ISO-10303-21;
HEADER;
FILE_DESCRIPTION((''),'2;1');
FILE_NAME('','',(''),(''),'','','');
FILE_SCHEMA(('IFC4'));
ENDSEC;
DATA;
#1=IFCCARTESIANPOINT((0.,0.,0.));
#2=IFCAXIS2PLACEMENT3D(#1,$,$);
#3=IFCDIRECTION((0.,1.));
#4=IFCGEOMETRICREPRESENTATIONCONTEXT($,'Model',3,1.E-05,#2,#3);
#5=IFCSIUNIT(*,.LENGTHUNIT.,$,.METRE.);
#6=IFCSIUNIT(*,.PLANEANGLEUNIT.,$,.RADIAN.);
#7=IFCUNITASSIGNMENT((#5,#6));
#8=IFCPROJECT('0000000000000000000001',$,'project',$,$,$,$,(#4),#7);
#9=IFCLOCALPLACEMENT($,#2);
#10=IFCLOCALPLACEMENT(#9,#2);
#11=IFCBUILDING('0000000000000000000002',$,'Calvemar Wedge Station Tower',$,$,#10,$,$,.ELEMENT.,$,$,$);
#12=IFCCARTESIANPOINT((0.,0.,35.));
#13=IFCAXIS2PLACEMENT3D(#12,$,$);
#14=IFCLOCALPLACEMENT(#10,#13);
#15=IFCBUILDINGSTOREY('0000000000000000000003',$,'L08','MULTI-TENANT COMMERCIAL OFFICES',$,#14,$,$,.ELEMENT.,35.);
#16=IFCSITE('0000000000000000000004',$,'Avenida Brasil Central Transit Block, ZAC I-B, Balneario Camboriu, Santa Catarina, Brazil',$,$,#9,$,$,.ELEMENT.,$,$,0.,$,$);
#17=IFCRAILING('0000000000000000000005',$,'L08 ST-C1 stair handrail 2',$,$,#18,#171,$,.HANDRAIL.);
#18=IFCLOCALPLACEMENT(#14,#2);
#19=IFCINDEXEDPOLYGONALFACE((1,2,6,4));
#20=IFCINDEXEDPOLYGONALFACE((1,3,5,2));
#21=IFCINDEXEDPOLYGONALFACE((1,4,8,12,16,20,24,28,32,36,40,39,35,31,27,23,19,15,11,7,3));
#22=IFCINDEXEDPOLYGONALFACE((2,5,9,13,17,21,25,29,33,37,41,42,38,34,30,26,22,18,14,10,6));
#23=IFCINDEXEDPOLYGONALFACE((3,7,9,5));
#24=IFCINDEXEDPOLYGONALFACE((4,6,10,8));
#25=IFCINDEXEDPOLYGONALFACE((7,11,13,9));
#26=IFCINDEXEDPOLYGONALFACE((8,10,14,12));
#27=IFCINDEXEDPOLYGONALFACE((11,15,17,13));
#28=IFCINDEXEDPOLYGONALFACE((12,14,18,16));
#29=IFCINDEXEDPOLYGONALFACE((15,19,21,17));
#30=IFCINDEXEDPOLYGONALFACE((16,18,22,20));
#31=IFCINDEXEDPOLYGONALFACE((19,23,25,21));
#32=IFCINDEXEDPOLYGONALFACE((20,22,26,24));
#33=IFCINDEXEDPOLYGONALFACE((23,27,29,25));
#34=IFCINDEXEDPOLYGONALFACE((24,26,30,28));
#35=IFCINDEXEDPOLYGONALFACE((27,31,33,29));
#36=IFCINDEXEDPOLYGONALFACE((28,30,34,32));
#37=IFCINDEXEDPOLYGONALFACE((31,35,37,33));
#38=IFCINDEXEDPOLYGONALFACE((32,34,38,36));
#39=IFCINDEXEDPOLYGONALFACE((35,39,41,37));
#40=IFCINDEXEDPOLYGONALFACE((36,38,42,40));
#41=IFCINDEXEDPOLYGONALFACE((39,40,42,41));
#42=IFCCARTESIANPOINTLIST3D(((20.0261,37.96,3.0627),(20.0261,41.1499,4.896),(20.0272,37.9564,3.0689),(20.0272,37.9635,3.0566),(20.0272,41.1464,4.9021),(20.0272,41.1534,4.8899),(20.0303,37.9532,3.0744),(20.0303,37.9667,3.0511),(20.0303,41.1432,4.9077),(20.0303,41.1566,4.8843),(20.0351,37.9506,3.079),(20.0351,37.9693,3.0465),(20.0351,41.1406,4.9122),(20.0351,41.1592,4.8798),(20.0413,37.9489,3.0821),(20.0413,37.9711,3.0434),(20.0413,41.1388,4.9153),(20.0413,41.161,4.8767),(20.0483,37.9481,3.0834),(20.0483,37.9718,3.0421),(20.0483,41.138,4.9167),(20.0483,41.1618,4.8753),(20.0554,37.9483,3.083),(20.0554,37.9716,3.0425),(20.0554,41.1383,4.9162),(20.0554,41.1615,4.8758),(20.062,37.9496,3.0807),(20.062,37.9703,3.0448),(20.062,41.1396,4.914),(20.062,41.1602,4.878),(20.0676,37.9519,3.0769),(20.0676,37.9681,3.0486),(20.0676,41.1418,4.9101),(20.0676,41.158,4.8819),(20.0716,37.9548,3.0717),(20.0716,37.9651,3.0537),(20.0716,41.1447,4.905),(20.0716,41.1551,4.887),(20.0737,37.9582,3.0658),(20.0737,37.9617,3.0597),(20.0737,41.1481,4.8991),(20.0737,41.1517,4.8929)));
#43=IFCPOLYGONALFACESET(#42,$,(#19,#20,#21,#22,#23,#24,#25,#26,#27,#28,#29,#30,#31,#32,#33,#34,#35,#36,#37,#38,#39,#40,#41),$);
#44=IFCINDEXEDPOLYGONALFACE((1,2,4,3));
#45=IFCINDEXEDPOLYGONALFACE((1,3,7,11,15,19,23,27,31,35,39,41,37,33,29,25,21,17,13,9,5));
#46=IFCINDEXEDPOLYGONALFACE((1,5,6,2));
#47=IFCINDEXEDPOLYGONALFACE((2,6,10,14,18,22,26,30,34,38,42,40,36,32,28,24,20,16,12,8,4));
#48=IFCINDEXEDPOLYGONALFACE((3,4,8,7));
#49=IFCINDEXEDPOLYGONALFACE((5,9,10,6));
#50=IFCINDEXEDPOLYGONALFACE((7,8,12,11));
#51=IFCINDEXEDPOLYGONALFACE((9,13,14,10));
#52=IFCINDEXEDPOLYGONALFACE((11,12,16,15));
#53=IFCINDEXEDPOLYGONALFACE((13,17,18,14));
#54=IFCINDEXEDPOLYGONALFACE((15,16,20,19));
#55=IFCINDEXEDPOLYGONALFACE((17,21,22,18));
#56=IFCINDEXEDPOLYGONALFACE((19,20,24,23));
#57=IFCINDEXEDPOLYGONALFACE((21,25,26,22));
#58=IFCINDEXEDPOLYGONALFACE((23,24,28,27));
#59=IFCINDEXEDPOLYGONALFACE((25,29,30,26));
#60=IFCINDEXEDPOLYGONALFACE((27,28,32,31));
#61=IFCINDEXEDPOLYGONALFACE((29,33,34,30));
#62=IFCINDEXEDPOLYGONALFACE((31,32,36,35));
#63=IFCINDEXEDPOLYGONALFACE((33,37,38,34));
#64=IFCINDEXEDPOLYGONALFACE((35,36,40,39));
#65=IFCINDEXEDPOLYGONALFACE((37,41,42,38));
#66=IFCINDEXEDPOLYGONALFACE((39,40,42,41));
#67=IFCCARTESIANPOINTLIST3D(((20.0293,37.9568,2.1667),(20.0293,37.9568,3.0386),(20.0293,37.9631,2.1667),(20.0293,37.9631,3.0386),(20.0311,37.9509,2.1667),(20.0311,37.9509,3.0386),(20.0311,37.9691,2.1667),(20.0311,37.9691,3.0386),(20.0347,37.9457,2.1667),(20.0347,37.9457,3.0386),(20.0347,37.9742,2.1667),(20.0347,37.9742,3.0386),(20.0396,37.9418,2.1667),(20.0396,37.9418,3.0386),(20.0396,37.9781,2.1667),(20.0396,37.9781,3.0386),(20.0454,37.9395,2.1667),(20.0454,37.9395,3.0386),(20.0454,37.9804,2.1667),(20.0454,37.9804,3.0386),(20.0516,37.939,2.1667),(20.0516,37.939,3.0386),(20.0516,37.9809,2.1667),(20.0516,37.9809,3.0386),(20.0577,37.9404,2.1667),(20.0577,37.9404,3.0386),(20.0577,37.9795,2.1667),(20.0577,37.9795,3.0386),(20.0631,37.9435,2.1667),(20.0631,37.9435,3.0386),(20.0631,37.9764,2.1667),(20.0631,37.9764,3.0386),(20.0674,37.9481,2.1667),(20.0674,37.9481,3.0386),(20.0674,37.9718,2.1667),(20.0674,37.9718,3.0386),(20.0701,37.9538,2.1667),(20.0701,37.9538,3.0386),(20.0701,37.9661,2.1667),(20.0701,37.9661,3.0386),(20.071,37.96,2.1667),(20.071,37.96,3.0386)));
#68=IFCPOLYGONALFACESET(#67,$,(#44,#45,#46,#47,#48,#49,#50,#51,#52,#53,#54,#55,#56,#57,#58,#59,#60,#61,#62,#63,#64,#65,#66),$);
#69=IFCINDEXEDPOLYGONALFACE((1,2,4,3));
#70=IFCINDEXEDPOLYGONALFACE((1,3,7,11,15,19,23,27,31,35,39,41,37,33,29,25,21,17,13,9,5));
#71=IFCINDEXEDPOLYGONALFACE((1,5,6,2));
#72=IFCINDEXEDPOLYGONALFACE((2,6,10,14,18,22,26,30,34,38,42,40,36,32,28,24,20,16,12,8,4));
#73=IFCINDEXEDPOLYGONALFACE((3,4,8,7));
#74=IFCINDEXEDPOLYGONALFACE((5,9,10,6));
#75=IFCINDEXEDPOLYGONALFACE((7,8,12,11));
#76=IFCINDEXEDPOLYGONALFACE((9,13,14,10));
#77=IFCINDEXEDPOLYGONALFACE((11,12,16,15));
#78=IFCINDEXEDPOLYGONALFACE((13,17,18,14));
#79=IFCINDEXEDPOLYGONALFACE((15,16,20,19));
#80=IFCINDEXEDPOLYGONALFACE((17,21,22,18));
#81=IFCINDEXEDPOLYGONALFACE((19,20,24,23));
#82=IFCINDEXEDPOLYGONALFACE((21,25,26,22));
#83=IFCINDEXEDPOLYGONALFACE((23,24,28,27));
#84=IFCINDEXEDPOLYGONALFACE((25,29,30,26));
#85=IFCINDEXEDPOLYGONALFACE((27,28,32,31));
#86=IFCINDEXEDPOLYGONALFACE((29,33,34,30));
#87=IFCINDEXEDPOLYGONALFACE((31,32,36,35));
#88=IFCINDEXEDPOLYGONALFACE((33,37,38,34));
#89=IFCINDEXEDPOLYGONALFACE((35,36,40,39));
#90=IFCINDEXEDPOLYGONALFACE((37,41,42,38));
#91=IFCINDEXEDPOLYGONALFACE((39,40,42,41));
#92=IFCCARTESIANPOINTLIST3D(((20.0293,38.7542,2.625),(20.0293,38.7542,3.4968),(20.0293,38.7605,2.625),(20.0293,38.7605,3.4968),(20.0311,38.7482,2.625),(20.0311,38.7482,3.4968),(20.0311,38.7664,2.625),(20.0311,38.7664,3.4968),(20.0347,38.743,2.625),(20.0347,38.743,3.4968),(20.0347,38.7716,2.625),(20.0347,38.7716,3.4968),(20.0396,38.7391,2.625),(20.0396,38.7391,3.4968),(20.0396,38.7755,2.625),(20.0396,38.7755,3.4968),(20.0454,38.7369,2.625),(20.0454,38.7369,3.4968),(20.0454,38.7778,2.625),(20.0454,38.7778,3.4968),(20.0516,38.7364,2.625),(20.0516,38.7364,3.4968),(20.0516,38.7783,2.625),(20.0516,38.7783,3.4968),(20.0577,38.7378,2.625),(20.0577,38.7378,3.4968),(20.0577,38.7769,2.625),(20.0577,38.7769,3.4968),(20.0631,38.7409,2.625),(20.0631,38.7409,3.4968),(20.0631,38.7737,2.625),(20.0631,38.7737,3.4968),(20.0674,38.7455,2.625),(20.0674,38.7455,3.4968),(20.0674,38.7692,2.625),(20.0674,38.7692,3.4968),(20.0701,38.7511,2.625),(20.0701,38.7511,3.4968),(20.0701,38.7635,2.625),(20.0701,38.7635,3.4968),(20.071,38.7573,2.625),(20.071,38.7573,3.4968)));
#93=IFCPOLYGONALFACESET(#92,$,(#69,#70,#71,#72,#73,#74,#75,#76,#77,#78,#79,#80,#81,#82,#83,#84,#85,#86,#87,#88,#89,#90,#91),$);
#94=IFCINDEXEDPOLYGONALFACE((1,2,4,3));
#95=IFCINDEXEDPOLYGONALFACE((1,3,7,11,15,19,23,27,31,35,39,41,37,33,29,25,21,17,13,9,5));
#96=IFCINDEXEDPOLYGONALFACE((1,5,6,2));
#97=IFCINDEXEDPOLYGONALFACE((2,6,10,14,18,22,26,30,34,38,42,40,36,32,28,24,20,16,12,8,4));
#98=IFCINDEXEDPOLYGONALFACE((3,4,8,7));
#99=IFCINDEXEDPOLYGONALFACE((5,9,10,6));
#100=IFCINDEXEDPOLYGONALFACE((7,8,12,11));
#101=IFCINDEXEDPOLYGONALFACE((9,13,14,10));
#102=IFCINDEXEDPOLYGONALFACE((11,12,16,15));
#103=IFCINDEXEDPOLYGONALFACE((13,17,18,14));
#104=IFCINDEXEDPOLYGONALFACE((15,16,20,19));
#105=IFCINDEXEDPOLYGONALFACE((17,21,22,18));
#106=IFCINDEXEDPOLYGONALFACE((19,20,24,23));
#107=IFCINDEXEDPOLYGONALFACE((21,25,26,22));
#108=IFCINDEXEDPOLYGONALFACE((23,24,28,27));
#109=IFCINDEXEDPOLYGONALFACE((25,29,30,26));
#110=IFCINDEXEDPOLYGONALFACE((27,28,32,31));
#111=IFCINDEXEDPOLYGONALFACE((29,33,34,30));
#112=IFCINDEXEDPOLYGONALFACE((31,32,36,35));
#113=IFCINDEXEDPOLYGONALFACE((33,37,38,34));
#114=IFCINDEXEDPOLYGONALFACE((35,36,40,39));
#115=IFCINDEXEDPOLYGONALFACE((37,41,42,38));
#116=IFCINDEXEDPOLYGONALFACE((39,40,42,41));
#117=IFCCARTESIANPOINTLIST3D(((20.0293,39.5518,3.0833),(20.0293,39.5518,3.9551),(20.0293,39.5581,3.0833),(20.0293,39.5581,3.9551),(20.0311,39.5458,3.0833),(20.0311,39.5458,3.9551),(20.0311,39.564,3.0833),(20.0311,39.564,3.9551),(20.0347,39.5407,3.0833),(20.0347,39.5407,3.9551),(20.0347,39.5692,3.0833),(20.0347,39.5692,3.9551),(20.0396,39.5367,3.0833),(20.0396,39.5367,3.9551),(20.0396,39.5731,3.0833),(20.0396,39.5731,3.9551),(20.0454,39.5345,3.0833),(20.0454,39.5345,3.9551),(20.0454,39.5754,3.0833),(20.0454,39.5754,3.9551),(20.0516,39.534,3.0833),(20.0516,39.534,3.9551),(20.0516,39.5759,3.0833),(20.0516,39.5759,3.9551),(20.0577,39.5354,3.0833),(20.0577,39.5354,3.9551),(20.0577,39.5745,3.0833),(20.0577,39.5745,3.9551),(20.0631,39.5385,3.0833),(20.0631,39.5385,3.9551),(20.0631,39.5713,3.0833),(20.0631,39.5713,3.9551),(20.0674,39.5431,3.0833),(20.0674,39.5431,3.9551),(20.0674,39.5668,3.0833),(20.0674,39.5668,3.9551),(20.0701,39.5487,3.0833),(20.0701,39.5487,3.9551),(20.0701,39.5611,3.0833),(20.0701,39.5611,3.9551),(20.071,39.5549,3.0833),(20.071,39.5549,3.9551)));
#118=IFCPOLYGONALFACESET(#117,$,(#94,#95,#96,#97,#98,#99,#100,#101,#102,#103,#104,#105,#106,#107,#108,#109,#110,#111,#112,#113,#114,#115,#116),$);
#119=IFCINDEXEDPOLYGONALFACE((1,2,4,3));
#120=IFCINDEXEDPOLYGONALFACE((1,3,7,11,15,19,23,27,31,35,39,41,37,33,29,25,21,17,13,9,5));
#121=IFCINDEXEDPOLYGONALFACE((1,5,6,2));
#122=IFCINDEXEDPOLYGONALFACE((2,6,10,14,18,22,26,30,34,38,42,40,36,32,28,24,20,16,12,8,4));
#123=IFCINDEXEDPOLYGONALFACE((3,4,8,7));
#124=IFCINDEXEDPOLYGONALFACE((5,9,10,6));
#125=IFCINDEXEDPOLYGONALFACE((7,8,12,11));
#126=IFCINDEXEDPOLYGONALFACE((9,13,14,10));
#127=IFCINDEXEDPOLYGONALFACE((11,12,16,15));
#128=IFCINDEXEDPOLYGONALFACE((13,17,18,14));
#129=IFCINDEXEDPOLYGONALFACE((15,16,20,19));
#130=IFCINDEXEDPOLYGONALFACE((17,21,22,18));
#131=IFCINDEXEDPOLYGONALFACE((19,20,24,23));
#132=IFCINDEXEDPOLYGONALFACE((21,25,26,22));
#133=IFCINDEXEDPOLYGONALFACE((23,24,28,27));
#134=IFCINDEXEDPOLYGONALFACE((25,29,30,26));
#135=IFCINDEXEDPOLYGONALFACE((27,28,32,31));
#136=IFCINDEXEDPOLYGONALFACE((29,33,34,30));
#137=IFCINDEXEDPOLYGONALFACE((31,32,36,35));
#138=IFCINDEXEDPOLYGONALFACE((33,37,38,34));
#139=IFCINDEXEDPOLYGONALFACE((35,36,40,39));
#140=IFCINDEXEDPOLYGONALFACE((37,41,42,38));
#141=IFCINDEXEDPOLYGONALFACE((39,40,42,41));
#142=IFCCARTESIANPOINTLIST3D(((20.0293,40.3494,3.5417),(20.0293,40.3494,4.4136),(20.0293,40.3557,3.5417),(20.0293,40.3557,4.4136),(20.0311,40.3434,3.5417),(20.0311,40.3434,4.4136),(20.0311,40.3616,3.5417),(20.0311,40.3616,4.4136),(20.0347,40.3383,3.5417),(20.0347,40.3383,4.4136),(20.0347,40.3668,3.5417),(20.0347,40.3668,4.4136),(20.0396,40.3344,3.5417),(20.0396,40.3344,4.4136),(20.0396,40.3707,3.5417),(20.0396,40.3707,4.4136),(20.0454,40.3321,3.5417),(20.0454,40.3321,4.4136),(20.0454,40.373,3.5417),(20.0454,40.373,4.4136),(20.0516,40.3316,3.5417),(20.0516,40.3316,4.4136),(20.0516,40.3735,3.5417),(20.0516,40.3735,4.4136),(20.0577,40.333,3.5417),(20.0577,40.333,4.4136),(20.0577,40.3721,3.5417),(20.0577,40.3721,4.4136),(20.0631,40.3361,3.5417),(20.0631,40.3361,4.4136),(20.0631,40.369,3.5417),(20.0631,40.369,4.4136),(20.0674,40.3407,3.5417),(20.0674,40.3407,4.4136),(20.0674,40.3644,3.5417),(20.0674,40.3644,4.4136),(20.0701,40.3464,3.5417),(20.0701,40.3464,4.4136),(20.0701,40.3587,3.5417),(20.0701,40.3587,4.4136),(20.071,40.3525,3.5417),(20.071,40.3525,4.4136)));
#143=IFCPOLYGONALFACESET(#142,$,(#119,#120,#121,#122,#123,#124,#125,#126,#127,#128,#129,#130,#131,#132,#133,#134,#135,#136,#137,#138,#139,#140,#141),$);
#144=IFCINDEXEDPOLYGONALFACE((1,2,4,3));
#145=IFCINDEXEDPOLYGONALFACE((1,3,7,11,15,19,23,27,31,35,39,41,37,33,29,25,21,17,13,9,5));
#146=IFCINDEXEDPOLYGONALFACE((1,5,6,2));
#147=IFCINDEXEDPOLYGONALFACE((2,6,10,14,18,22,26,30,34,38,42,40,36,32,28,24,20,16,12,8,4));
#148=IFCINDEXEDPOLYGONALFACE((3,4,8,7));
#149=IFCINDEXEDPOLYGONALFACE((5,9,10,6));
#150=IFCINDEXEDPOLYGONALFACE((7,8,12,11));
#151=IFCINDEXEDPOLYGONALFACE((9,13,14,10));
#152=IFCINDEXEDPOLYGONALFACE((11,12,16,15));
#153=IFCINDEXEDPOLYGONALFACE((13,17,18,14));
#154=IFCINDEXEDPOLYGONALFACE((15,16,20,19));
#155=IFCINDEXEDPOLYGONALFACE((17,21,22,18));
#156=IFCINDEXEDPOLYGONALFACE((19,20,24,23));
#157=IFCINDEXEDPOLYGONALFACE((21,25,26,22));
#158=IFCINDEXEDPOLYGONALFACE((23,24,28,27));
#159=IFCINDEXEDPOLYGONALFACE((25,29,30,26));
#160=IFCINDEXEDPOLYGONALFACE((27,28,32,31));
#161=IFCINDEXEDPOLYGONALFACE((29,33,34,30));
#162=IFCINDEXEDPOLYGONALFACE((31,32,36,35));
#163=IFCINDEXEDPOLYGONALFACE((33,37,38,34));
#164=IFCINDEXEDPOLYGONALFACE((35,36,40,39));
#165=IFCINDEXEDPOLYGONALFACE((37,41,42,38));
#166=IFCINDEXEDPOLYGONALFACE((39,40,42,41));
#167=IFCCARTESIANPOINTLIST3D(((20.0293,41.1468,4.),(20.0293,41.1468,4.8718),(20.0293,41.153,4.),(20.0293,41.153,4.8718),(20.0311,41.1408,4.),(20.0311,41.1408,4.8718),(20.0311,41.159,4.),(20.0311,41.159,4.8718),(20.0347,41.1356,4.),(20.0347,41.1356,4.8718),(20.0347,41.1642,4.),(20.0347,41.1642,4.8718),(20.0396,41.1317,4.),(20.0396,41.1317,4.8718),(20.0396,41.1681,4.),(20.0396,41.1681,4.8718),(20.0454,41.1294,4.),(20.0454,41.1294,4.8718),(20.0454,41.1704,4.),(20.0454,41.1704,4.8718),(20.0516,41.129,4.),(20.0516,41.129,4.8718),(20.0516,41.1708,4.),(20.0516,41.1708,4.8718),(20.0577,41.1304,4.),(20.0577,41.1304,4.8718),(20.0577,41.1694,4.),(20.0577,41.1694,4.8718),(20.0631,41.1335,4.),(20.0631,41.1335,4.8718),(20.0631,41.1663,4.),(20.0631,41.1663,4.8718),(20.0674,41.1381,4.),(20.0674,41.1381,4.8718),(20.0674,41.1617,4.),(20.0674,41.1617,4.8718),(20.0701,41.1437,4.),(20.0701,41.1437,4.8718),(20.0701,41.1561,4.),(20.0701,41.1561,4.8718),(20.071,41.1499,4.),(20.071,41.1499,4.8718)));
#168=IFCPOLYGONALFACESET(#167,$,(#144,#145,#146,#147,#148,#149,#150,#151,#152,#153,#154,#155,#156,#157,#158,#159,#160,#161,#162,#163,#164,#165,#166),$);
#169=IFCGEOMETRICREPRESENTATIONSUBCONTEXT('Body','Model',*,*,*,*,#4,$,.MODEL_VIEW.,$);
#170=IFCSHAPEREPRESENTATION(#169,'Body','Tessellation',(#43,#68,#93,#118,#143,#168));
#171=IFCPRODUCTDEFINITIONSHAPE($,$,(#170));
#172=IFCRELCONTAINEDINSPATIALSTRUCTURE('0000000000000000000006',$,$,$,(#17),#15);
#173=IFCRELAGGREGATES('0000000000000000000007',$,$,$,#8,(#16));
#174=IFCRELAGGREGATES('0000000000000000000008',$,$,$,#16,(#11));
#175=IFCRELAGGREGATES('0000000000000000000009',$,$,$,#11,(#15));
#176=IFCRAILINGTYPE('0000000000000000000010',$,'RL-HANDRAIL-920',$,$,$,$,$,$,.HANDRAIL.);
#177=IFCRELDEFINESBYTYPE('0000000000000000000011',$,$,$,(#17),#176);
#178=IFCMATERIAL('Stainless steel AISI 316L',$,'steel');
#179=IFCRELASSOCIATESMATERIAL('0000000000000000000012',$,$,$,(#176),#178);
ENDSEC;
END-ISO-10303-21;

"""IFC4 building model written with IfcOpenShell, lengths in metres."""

from ifc_helpers import new_model, si_unit, direction, frame, origin, origin_2d, place, context, subcontext, project, spatial, circle, extrude, material, type_object, element, save


model = new_model("IFC4")

# Units and contexts
model_context = context("Model", 3, precision=1e-05, world=origin(), true_north=direction((0.0, 1.0)))
body_context = subcontext(model_context, "Body", "Model", "MODEL_VIEW")
ifc_project = project(units=[si_unit("LENGTHUNIT", "METRE"), si_unit("PLANEANGLEUNIT", "RADIAN")], contexts=[model_context])

# Site, building, storey
site_placement = place(None, origin())
site = spatial("IfcSite", under=ifc_project, at=site_placement, Name="Avenida Brasil Central Transit Block, ZAC I-B, Balneario Camboriu, Santa Catarina, Brazil", CompositionType="ELEMENT", RefElevation=0.0)
building_placement = place(site_placement, origin())
building = spatial("IfcBuilding", under=site, at=building_placement, Name="Calvemar Wedge Station Tower", CompositionType="ELEMENT")
storey_placement = place(building_placement, frame((0.0, 0.0, 35.0)))
storey = spatial("IfcBuildingStorey", under=building, at=storey_placement, Name="L08", Description="MULTI-TENANT COMMERCIAL OFFICES", CompositionType="ELEMENT", Elevation=35.0)

# Railing
ifc_material_1 = material(Name="Stainless steel AISI 316L", Category="steel")
railing_type_1 = type_object("IfcRailingType", Name="RL-HANDRAIL-920", PredefinedType="HANDRAIL", material=ifc_material_1)
railing_1_placement = place(storey_placement, frame((20.05, 37.96, 2.1667)))
element("IfcRailing", 1, at=railing_1_placement, inside=storey, type_object=railing_type_1, Name="L08 ST-C1 stair handrail 2", PredefinedType="HANDRAIL", context=body_context, shape_type="SweptSolid", body=[
    extrude(circle(Radius=0.0239, at=origin_2d()), frame((0.0, 0.0, 0.896), z_axis=(0.0, 0.86702, 0.498274), x_axis=(-1.0, 0.0, 0.0)), (0.0, 0.0, 1.0), 3.6792),
    extrude(circle(Radius=0.021, at=origin_2d()), origin(), (0.0, 0.0, 1.0), 0.8718),
    extrude(circle(Radius=0.021, at=origin_2d()), frame((0.0, 0.7974, 0.4583)), (0.0, 0.0, 1.0), 0.8718),
    extrude(circle(Radius=0.021, at=origin_2d()), frame((0.0, 1.595, 0.9165)), (0.0, 0.0, 1.0), 0.8718),
    extrude(circle(Radius=0.021, at=origin_2d()), frame((0.0, 2.3926, 1.375)), (0.0, 0.0, 1.0), 0.8718),
    extrude(circle(Radius=0.021, at=origin_2d()), frame((0.0, 3.1899, 1.8333)), (0.0, 0.0, 1.0), 0.8718),
])

save(model, "model.ifc")
